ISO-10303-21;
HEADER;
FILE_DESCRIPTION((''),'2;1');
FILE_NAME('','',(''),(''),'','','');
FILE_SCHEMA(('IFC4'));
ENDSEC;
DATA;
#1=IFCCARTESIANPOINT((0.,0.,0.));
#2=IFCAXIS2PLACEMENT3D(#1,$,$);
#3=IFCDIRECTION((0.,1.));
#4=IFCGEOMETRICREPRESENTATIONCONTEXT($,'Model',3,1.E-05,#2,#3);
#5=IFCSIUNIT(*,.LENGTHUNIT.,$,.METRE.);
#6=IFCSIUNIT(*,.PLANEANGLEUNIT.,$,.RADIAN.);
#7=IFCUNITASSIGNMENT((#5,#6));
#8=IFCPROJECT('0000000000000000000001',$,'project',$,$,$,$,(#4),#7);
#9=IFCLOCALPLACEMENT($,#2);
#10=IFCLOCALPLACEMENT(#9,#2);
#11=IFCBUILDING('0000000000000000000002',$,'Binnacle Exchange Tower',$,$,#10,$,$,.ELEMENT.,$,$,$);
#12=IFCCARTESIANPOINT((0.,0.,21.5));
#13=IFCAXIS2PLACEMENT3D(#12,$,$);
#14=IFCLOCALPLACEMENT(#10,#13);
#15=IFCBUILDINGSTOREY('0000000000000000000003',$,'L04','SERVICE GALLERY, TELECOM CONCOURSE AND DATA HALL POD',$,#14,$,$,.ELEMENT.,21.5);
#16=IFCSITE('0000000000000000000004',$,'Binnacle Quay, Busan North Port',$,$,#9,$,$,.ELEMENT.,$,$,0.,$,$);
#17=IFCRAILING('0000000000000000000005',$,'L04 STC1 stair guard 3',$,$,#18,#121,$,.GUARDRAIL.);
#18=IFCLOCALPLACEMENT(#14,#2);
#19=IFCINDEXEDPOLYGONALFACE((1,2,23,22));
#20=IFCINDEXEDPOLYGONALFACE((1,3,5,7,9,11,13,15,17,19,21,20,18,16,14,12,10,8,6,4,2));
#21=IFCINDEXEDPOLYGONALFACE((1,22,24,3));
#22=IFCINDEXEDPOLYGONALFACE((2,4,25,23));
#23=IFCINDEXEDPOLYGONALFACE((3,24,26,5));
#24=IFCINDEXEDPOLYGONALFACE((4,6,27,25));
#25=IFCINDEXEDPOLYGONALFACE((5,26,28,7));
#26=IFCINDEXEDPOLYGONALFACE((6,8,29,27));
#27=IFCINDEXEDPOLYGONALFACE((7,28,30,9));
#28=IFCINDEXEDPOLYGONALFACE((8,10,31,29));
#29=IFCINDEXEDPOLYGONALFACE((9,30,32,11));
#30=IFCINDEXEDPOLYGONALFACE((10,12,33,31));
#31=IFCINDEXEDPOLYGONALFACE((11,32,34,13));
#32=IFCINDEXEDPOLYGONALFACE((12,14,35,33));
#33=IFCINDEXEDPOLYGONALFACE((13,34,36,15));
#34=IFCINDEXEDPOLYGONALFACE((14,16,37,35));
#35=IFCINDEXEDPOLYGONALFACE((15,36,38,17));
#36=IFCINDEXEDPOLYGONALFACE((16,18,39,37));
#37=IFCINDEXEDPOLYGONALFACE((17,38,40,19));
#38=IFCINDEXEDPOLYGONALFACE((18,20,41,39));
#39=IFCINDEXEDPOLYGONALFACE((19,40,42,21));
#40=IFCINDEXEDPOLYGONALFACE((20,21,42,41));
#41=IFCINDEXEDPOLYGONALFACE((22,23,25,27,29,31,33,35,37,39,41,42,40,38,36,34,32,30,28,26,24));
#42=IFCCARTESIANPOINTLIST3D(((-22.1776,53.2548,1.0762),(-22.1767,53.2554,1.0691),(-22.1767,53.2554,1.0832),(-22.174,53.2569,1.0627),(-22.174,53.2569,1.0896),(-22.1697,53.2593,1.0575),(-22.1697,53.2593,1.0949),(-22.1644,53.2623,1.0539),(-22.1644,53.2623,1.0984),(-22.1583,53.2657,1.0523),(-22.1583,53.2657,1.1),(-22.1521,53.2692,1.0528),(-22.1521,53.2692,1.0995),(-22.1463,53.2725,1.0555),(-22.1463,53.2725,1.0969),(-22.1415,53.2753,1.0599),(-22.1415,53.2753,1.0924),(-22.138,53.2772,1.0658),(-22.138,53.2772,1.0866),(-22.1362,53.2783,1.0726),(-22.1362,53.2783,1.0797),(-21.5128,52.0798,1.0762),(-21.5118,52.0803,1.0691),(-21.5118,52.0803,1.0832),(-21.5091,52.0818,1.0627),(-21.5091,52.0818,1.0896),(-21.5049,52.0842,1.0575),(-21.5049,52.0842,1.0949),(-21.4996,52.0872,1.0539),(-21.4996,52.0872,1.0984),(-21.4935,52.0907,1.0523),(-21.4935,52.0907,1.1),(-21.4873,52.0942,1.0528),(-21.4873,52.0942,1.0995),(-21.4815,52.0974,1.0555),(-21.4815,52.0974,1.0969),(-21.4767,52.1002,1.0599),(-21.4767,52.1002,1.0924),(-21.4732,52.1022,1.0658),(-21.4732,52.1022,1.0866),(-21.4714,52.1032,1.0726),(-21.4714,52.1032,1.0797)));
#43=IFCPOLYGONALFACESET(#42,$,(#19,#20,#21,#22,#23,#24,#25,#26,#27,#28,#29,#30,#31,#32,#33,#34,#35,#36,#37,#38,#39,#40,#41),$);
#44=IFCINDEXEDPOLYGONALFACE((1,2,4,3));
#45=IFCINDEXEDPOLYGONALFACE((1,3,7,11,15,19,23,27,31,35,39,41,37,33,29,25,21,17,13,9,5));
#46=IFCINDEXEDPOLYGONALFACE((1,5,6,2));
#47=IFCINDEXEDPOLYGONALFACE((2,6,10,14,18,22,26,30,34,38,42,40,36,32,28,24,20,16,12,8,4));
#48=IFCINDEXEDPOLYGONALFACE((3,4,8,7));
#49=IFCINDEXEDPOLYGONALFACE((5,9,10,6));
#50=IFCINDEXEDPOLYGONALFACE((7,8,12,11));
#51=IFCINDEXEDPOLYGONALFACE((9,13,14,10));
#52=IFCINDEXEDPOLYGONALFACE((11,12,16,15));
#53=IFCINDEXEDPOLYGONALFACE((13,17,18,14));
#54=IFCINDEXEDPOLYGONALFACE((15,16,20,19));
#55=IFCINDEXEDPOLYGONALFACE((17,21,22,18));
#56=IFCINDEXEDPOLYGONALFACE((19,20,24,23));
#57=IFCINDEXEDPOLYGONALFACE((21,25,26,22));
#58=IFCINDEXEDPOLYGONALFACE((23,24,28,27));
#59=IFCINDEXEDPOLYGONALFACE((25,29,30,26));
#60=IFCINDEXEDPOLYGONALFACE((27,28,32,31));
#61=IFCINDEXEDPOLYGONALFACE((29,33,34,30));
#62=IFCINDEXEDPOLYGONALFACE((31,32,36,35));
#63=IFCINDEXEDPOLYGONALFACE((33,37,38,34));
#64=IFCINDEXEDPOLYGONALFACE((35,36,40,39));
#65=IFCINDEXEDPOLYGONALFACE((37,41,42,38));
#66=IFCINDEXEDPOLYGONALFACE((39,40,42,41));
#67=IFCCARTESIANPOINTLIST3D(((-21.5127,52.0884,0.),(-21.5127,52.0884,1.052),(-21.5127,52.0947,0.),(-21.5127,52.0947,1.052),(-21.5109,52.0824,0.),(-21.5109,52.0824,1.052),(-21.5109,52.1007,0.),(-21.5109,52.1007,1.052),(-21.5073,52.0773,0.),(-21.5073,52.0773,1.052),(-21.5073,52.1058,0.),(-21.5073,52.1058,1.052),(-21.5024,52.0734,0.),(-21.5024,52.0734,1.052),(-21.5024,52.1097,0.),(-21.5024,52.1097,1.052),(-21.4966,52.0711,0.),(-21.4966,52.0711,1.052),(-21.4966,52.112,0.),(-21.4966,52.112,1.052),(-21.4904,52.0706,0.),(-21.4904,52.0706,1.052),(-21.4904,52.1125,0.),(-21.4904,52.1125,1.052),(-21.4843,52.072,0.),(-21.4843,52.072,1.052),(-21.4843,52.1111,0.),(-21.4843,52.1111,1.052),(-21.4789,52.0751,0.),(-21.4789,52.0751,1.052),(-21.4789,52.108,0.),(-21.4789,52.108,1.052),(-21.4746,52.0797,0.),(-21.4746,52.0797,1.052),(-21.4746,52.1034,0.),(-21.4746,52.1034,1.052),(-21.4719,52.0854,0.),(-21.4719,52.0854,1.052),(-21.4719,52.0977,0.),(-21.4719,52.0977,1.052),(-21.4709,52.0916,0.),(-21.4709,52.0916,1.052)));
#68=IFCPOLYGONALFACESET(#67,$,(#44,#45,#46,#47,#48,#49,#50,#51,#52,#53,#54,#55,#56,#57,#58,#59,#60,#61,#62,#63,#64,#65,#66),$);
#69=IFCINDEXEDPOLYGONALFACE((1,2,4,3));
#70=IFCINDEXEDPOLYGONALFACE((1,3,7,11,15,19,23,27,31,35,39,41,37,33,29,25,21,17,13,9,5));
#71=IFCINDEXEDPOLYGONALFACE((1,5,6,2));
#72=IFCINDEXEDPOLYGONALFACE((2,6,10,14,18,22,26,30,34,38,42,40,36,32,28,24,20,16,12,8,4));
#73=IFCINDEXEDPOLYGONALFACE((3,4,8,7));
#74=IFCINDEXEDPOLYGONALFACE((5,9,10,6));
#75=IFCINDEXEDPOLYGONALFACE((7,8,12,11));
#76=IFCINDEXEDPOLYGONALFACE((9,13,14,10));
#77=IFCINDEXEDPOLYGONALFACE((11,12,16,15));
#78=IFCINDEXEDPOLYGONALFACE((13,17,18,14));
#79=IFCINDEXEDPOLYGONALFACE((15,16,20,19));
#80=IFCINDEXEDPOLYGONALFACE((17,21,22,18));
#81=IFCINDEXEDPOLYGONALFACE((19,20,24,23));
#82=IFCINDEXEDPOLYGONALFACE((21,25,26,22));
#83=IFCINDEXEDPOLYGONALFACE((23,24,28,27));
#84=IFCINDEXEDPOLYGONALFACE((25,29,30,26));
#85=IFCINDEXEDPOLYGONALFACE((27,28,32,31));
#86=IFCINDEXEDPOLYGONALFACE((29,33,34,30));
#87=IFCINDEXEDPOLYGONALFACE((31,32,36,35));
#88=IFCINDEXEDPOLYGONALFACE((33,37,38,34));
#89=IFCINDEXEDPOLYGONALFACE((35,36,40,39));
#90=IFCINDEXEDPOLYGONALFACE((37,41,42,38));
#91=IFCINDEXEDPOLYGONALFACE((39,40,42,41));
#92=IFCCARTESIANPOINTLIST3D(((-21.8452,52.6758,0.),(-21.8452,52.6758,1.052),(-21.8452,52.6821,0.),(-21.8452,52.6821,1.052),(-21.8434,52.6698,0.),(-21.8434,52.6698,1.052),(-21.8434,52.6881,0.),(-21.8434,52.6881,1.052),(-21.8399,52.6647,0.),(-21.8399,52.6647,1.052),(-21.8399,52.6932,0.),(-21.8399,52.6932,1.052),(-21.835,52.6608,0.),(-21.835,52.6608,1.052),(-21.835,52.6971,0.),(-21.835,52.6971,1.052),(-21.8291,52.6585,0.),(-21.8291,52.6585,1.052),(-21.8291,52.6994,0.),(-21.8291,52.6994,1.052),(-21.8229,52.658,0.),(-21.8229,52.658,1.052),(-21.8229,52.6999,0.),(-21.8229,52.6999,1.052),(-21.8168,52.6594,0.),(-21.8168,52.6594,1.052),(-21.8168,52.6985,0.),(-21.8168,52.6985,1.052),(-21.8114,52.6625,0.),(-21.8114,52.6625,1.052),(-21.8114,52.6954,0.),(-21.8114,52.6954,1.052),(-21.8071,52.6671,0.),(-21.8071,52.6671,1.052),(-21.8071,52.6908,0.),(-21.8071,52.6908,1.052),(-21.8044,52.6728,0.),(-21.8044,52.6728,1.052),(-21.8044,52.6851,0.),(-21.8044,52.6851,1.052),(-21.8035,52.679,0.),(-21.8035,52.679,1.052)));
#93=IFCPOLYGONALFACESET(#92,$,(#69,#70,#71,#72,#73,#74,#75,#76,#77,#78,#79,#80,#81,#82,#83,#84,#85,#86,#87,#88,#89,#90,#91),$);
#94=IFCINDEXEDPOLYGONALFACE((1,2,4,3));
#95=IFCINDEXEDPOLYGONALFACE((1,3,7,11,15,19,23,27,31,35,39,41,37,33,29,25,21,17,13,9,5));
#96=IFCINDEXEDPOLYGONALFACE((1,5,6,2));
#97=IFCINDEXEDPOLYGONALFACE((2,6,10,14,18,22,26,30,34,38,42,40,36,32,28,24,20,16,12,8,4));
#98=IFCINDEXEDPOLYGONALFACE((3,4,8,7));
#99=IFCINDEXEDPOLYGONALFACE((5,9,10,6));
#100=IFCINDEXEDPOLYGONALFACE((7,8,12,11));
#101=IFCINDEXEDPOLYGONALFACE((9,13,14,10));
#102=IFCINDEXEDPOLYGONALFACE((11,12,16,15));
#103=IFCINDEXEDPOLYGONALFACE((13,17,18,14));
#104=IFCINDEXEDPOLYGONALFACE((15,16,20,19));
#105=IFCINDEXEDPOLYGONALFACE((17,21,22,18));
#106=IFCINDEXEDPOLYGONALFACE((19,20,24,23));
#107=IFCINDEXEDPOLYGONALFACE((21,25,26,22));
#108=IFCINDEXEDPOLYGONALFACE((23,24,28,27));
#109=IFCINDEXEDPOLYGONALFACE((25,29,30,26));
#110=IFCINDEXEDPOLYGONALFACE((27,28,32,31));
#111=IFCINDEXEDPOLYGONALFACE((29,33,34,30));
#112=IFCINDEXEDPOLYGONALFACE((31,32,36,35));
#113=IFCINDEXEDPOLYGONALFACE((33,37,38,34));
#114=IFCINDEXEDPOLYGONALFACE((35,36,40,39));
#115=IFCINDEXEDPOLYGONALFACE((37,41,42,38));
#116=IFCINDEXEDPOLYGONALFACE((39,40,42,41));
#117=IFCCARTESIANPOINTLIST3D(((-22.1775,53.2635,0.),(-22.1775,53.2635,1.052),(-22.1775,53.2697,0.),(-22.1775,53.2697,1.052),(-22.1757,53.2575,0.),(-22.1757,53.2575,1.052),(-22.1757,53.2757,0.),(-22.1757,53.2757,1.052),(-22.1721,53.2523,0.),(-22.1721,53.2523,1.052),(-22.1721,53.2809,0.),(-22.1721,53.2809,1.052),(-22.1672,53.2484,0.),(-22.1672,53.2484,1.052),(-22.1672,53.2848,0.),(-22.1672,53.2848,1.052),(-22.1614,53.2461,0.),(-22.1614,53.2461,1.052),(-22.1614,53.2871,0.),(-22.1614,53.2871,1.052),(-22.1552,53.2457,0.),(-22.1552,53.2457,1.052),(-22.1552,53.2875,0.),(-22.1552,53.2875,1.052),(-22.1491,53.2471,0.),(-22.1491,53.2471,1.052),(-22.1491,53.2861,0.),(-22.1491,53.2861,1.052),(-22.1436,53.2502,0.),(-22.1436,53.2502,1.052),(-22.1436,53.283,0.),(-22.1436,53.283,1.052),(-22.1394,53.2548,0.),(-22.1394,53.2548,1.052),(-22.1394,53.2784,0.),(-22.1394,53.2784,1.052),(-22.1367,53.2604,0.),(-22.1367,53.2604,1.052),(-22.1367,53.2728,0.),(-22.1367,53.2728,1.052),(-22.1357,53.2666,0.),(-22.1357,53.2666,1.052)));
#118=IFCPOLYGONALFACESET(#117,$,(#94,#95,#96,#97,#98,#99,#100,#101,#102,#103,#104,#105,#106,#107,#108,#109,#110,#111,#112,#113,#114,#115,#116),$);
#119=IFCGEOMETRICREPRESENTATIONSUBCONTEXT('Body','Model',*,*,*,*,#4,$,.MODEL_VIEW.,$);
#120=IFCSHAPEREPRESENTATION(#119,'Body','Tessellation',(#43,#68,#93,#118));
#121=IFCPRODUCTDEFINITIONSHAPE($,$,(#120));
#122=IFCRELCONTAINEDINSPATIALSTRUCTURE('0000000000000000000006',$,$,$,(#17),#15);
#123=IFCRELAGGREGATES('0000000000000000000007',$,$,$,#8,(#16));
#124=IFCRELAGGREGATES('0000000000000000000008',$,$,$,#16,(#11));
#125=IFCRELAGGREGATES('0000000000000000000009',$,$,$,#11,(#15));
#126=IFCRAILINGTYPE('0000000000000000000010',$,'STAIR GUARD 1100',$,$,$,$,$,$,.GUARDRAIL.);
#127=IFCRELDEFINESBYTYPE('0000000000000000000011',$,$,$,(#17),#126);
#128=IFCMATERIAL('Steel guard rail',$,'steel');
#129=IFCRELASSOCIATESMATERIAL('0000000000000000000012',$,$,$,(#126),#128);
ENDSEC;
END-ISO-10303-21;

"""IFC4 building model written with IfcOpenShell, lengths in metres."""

from ifc_helpers import new_model, si_unit, direction, frame, origin, origin_2d, place, context, subcontext, project, spatial, circle, extrude, material, type_object, element, save


model = new_model("IFC4")

# Units and contexts
model_context = context("Model", 3, precision=1e-05, world=origin(), true_north=direction((0.0, 1.0)))
body_context = subcontext(model_context, "Body", "Model", "MODEL_VIEW")
ifc_project = project(units=[si_unit("LENGTHUNIT", "METRE"), si_unit("PLANEANGLEUNIT", "RADIAN")], contexts=[model_context])

# Site, building, storey
site_placement = place(None, origin())
site = spatial("IfcSite", under=ifc_project, at=site_placement, Name="Binnacle Quay, Busan North Port", CompositionType="ELEMENT", RefElevation=0.0)
building_placement = place(site_placement, origin())
building = spatial("IfcBuilding", under=site, at=building_placement, Name="Binnacle Exchange Tower", CompositionType="ELEMENT")
storey_placement = place(building_placement, frame((0.0, 0.0, 21.5)))
storey = spatial("IfcBuildingStorey", under=building, at=storey_placement, Name="L04", Description="SERVICE GALLERY, TELECOM CONCOURSE AND DATA HALL POD", CompositionType="ELEMENT", Elevation=21.5)

# Railing
ifc_material_1 = material(Name="Steel guard rail", Category="steel")
railing_type_1 = type_object("IfcRailingType", Name="STAIR GUARD 1100", PredefinedType="GUARDRAIL", material=ifc_material_1)
railing_1_placement = place(storey_placement, frame((-21.4919, 52.0916, 0.0)))
element("IfcRailing", 1, at=railing_1_placement, inside=storey, type_object=railing_type_1, Name="L04 STC1 stair guard 3", PredefinedType="GUARDRAIL", context=body_context, shape_type="SweptSolid", body=[
    extrude(circle(Radius=0.0239, at=origin_2d()), frame((0.0, 0.0, 1.0762), z_axis=(-0.492415, 0.870361, 0.0), x_axis=(-0.870361, -0.492415, 0.0)), (0.0, 0.0, 1.0), 1.3501),
    extrude(circle(Radius=0.021, at=origin_2d()), origin(), (0.0, 0.0, 1.0), 1.052),
    extrude(circle(Radius=0.021, at=origin_2d()), frame((-0.3325, 0.5874, 0.0)), (0.0, 0.0, 1.0), 1.052),
    extrude(circle(Radius=0.021, at=origin_2d()), frame((-0.6648, 1.175, 0.0)), (0.0, 0.0, 1.0), 1.052),
])

save(model, "model.ifc")
